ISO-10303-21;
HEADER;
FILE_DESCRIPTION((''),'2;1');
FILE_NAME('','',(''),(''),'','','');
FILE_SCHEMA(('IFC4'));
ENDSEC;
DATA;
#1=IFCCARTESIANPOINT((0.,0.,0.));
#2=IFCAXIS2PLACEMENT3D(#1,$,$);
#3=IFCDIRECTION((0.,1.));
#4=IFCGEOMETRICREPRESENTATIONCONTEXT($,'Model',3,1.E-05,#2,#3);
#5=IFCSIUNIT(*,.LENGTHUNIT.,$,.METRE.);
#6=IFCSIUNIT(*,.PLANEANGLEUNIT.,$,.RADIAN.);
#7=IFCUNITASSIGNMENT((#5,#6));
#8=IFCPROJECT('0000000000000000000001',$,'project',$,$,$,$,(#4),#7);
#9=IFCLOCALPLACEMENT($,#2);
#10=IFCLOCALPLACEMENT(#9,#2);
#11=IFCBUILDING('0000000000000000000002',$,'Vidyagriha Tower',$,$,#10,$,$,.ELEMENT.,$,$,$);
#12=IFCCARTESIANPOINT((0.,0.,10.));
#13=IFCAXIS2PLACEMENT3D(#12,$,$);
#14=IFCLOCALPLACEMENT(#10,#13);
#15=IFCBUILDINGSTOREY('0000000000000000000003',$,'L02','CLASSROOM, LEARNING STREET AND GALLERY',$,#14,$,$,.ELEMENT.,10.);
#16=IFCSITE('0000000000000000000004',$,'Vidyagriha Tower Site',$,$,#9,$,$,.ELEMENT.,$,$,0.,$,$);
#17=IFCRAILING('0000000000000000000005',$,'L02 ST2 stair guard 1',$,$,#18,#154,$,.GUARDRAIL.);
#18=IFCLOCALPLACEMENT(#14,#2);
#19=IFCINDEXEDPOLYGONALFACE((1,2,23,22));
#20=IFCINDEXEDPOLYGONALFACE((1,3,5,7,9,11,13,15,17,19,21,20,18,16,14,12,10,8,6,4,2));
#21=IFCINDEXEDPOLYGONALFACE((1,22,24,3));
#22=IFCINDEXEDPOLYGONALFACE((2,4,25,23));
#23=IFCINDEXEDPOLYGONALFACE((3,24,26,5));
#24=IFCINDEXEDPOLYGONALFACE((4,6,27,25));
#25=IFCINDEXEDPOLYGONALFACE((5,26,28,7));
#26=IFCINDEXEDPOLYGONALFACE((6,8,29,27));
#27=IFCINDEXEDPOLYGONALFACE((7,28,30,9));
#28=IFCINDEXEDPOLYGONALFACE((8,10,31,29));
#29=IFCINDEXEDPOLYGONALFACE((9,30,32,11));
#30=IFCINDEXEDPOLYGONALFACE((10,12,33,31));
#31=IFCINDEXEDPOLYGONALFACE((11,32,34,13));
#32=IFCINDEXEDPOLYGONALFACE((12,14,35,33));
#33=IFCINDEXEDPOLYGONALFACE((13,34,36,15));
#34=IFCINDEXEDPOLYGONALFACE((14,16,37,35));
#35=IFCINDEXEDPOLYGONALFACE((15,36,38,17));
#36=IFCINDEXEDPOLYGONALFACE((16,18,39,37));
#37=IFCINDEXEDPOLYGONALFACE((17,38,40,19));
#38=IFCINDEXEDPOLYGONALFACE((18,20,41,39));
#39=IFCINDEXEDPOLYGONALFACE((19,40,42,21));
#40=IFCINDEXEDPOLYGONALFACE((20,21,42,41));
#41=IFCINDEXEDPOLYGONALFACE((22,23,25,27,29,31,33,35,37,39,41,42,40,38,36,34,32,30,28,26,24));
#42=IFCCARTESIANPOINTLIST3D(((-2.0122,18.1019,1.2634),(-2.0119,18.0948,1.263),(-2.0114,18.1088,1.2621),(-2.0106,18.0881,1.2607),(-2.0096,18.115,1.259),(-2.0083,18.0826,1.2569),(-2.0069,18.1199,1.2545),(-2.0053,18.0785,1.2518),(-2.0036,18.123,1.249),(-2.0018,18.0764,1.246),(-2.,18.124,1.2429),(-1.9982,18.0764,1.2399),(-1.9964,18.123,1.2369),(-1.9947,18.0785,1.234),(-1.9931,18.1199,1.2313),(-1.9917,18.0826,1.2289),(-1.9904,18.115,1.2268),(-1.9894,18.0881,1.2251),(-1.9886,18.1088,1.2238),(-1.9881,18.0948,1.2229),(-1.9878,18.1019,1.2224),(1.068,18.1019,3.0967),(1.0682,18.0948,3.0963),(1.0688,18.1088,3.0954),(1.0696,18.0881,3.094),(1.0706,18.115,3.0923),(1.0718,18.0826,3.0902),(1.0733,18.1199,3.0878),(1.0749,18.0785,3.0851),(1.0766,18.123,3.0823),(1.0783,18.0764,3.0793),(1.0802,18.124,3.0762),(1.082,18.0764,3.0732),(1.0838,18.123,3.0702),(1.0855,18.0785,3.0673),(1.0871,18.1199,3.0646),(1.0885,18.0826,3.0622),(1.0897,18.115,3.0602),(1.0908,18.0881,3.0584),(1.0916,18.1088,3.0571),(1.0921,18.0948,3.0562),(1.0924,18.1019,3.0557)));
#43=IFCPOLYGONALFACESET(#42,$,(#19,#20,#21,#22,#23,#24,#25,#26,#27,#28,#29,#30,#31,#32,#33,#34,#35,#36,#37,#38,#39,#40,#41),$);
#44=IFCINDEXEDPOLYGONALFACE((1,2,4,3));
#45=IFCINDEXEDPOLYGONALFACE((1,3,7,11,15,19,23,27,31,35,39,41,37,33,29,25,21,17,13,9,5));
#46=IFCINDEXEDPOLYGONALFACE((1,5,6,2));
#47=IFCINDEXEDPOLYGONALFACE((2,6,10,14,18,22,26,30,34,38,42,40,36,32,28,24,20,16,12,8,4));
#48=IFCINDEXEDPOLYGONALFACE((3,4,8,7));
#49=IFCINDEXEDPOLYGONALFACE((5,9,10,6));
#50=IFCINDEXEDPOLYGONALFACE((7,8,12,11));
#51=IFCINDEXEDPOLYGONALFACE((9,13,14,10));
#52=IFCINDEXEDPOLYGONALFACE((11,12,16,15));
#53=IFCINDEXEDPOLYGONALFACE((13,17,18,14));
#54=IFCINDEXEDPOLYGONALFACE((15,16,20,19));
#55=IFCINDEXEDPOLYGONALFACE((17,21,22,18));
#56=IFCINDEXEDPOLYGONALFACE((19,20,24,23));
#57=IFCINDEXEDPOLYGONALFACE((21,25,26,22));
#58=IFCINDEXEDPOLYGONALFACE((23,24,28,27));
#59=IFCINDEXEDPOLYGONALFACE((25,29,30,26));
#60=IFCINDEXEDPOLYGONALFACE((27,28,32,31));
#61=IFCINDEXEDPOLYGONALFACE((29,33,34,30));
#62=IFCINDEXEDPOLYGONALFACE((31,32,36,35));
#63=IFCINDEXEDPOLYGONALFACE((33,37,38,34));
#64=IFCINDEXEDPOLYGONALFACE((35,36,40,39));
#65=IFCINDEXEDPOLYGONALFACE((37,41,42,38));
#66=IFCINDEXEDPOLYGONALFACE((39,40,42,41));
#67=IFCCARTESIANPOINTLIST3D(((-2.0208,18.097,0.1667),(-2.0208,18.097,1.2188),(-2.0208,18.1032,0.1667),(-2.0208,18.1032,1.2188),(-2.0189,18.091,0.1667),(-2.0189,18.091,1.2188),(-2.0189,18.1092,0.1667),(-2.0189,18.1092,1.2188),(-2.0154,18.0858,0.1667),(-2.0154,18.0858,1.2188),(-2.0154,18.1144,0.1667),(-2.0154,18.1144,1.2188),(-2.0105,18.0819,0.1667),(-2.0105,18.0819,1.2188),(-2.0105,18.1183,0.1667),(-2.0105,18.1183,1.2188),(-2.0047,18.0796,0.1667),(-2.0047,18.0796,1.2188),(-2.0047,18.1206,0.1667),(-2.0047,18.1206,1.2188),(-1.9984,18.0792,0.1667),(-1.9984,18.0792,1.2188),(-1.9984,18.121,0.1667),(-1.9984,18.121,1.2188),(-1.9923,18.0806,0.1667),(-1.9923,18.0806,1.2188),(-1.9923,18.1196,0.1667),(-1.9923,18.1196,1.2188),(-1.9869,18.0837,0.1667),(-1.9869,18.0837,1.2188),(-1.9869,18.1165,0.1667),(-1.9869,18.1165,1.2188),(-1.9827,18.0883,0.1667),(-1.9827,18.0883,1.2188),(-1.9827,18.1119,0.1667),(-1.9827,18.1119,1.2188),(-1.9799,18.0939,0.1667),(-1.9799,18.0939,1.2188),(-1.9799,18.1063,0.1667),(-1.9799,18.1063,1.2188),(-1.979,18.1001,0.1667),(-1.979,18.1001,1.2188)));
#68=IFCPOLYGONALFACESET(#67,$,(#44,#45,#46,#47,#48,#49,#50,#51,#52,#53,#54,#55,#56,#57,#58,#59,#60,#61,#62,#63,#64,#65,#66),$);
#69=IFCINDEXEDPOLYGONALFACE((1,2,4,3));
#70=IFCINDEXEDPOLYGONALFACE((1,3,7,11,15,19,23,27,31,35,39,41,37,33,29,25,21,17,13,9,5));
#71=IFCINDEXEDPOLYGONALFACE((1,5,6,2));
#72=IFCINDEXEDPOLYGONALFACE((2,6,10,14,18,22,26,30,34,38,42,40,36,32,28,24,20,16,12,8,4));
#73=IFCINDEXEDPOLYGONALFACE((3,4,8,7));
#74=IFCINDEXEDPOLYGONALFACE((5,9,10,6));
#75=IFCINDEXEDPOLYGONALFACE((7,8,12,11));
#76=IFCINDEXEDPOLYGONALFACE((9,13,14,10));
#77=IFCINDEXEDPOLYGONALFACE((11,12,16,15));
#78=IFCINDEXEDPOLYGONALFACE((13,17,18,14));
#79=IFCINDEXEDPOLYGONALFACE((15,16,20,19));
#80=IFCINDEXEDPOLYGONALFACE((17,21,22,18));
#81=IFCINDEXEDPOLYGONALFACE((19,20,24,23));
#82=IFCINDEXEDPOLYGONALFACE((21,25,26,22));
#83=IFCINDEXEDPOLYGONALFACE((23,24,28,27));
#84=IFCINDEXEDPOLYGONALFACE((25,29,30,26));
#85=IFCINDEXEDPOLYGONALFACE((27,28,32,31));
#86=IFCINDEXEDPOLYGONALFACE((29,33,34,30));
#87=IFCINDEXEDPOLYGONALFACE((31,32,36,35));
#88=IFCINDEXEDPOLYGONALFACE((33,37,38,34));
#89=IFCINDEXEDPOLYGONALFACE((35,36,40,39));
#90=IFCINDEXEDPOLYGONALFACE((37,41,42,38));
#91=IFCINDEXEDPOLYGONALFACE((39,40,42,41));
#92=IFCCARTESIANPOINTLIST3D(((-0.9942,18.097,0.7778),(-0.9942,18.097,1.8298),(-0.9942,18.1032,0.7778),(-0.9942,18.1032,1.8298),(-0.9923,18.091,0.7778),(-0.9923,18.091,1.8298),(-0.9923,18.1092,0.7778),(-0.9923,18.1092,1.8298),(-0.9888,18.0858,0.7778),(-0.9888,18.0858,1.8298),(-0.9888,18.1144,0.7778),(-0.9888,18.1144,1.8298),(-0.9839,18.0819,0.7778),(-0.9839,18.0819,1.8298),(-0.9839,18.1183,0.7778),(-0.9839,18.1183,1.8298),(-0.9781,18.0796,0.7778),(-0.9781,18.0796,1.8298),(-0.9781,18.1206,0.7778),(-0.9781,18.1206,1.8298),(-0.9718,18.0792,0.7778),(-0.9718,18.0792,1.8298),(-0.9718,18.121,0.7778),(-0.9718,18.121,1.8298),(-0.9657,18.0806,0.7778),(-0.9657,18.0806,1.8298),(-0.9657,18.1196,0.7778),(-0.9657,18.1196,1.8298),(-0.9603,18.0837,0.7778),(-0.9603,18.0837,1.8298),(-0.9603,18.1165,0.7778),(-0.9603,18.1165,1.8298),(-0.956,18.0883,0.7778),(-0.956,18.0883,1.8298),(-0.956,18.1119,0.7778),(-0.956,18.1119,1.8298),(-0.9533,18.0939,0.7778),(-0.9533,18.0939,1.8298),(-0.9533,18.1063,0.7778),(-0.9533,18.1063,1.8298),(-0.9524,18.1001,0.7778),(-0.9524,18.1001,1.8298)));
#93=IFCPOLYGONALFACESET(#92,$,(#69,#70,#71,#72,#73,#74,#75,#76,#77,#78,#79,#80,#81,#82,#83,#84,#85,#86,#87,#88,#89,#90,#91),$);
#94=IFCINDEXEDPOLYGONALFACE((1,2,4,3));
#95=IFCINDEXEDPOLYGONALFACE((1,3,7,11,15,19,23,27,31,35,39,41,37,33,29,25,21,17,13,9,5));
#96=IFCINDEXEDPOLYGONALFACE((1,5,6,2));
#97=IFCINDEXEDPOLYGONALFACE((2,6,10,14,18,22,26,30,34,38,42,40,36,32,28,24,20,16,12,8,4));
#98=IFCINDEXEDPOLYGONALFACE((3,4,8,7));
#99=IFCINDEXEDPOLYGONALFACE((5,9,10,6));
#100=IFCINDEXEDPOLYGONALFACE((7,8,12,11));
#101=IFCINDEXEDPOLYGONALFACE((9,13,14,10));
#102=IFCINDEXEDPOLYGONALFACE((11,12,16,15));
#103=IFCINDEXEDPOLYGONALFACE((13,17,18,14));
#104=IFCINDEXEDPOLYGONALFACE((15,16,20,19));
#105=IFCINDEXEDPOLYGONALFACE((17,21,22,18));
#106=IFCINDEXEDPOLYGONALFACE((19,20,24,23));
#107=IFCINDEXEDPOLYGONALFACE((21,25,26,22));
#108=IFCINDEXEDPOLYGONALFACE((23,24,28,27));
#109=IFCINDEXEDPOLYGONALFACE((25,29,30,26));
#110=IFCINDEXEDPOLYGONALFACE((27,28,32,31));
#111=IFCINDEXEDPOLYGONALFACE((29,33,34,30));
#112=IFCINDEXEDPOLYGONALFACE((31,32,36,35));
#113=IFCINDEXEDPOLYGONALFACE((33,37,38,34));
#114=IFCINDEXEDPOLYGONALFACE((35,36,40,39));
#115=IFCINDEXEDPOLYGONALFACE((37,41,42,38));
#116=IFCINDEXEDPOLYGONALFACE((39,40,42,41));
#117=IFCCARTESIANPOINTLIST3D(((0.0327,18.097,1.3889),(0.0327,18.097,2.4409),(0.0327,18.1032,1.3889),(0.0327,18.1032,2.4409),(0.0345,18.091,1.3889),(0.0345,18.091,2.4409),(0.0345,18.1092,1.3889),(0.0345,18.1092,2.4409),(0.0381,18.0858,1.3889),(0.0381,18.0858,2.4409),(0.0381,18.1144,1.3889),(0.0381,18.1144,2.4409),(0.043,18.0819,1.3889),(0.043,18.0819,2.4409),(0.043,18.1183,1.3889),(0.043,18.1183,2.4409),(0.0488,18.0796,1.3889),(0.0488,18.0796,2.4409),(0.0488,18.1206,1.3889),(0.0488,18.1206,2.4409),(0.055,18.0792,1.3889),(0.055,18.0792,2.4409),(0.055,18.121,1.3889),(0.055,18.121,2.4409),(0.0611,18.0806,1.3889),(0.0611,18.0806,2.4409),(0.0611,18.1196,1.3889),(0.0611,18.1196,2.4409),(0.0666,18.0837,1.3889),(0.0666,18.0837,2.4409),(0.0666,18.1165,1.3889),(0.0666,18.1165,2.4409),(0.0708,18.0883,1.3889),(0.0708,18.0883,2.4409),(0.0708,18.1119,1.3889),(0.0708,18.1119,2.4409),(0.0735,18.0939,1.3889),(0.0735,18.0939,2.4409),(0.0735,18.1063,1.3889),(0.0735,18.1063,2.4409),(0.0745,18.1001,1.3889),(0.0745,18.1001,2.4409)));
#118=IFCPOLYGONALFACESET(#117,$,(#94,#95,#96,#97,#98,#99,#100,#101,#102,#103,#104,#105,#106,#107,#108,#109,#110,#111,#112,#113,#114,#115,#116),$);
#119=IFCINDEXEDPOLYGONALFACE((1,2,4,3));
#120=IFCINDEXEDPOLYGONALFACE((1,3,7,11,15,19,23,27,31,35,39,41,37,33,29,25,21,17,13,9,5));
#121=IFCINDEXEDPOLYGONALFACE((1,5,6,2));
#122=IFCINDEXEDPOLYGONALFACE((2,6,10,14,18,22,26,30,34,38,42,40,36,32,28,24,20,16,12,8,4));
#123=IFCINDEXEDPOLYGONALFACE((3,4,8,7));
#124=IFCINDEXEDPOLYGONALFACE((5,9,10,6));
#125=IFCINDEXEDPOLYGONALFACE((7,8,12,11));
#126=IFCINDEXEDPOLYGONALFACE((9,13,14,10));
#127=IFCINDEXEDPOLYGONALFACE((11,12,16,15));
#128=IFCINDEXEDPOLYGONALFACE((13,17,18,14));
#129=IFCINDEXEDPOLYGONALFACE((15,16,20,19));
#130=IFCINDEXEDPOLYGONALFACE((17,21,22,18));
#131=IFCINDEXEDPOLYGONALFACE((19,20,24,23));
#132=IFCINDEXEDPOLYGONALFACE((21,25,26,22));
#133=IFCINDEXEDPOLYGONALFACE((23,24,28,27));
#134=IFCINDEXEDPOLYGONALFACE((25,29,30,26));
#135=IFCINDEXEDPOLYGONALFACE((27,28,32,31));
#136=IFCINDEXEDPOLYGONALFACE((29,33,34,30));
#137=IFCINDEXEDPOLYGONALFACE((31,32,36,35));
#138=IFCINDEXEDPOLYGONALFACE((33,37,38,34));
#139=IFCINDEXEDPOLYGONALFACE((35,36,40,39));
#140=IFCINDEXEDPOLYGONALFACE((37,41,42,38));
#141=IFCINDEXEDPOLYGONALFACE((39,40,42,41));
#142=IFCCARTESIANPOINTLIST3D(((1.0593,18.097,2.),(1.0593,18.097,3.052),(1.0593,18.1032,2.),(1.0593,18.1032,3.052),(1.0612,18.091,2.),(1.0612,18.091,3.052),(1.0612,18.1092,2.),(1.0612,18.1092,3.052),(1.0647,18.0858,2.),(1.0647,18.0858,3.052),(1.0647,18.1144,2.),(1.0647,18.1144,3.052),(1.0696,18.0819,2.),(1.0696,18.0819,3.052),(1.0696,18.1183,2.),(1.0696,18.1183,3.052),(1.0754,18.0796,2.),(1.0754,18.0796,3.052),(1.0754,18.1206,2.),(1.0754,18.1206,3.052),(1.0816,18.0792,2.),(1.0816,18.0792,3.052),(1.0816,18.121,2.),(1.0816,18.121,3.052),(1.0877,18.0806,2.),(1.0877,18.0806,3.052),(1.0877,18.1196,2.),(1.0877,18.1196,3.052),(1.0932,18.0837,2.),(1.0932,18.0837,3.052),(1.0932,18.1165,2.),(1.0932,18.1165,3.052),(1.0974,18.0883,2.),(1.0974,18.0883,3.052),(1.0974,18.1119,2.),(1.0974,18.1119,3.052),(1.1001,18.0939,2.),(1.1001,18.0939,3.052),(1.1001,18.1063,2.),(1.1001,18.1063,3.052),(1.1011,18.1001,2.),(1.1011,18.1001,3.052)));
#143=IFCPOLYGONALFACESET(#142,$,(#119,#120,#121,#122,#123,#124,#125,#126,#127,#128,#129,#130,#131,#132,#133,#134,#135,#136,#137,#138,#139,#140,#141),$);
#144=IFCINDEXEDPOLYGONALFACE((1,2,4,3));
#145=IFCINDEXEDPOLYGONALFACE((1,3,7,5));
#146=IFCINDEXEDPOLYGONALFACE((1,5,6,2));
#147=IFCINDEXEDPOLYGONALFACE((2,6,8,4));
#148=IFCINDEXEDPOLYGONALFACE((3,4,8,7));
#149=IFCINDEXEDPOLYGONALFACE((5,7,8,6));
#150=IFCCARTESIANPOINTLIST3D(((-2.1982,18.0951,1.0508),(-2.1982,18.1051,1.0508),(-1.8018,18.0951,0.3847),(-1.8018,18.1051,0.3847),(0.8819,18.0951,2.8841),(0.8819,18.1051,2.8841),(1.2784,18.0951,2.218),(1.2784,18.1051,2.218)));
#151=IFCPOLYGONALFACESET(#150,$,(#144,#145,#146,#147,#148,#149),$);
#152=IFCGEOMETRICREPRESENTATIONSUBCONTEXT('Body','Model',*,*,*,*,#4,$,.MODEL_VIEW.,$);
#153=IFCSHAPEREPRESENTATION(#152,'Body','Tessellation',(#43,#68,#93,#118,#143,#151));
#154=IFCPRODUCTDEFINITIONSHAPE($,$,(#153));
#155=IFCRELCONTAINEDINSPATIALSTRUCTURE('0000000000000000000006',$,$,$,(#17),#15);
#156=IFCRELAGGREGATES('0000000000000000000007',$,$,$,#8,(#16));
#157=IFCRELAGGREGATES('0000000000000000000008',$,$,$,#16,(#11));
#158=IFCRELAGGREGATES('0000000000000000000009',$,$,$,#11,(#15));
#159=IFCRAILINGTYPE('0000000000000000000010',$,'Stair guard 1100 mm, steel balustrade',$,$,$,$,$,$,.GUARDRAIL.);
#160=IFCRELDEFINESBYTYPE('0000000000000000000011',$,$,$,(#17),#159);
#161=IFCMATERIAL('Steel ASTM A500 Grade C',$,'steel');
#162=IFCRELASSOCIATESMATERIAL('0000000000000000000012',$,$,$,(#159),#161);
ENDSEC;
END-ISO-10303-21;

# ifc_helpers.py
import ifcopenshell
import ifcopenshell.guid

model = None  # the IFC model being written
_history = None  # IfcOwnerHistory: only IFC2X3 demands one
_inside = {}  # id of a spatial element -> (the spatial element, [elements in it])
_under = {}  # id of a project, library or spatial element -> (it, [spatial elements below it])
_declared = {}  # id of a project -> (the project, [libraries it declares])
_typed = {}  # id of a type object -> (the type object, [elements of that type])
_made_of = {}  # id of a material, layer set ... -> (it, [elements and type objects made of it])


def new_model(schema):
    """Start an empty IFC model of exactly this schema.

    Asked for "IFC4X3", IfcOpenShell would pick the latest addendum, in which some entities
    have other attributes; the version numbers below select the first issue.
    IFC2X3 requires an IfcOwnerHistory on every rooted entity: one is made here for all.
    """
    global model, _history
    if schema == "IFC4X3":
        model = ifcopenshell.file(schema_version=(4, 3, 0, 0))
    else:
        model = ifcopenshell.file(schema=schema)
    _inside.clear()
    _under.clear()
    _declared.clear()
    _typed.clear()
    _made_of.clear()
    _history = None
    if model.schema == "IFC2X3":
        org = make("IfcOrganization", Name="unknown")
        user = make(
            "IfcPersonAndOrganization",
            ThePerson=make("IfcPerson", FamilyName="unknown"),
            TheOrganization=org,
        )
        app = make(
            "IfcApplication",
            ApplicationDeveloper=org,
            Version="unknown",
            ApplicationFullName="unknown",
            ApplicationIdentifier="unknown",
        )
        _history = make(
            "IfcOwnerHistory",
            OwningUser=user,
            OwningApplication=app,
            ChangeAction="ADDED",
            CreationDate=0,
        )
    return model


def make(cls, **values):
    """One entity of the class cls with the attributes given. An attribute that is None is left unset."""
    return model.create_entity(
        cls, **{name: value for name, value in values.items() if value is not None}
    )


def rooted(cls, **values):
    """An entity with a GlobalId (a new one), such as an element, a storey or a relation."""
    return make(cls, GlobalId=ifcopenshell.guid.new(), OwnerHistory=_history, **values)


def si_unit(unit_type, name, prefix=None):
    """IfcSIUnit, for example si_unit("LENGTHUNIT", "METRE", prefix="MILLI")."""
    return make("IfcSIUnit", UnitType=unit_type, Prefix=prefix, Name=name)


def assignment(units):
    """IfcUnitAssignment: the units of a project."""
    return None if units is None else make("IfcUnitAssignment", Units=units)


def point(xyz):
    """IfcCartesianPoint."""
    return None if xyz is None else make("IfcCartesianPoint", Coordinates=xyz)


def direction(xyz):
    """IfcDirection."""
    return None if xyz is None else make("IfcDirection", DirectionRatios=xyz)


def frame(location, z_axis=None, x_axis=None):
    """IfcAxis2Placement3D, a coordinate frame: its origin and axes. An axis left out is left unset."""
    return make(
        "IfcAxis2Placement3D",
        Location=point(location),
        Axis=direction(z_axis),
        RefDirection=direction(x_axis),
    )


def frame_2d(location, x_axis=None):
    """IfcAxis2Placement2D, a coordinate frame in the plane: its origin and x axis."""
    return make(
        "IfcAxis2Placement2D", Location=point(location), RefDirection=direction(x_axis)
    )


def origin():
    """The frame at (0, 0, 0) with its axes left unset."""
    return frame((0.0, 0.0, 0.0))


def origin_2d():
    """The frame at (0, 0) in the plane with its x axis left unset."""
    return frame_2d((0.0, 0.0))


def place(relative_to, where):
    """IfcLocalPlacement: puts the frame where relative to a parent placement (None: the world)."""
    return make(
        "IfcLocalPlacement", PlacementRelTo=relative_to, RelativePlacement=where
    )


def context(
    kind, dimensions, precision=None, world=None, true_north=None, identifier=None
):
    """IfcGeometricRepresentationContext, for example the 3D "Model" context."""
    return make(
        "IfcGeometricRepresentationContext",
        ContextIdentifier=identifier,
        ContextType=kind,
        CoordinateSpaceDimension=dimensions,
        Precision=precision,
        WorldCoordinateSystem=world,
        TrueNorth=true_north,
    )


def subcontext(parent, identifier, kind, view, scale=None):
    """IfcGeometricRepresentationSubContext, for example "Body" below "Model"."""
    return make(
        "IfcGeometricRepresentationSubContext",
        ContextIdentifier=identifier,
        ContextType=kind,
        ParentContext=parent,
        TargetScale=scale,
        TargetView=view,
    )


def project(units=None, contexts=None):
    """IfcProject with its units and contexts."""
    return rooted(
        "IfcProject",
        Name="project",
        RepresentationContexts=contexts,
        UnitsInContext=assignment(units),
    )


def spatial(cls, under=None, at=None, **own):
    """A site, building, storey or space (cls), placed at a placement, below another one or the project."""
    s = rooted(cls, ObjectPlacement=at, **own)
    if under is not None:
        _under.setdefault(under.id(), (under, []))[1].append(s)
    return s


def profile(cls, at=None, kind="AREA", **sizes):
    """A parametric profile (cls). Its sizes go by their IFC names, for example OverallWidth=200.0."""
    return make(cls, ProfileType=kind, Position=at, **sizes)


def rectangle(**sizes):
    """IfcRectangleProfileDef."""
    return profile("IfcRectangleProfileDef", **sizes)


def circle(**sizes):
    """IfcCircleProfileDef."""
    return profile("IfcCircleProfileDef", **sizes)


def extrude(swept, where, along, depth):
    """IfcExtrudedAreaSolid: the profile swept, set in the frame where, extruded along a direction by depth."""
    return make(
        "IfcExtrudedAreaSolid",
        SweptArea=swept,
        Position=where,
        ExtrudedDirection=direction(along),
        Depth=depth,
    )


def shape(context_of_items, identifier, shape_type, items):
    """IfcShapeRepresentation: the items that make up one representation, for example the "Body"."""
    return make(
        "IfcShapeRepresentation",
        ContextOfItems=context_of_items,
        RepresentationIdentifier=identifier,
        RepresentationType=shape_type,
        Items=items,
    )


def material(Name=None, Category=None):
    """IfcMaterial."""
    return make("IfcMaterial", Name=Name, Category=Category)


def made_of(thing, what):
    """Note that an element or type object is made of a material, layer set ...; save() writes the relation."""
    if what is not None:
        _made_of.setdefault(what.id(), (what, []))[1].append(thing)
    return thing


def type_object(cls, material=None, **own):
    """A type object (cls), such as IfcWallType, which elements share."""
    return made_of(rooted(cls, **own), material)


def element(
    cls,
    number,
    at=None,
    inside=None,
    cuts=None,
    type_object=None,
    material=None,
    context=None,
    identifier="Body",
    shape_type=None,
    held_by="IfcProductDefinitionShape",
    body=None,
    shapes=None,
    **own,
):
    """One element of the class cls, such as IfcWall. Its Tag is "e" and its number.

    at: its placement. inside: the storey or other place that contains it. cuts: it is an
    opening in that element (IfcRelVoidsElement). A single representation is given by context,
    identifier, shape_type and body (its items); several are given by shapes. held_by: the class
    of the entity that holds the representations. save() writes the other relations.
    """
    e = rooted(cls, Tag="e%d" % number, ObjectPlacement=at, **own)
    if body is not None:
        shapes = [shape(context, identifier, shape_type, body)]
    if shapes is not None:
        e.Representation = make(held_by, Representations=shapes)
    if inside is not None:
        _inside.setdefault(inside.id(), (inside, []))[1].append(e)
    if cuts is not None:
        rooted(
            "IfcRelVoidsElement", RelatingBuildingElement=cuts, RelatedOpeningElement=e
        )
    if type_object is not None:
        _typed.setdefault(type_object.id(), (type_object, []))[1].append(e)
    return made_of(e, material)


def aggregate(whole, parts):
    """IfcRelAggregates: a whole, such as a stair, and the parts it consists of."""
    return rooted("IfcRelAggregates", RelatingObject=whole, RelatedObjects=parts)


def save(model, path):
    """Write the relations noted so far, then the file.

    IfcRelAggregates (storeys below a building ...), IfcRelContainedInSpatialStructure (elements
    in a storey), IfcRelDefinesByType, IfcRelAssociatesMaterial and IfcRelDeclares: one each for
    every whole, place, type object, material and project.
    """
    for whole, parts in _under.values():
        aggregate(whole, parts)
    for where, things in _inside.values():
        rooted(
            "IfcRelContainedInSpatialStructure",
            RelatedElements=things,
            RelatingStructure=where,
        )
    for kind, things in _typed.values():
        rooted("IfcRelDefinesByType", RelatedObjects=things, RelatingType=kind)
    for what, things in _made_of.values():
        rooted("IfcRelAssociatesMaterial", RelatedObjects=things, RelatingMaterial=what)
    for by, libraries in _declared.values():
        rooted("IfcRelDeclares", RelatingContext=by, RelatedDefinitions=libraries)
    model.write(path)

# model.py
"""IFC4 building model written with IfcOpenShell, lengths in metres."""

from ifc_helpers import new_model, si_unit, direction, frame, origin, origin_2d, place, context, subcontext, project, spatial, rectangle, circle, extrude, material, type_object, element, save


model = new_model("IFC4")

# Units and contexts
model_context = context("Model", 3, precision=1e-05, world=origin(), true_north=direction((0.0, 1.0)))
body_context = subcontext(model_context, "Body", "Model", "MODEL_VIEW")
ifc_project = project(units=[si_unit("LENGTHUNIT", "METRE"), si_unit("PLANEANGLEUNIT", "RADIAN")], contexts=[model_context])

# Site, building, storey
site_placement = place(None, origin())
site = spatial("IfcSite", under=ifc_project, at=site_placement, Name="Vidyagriha Tower Site", CompositionType="ELEMENT", RefElevation=0.0)
building_placement = place(site_placement, origin())
building = spatial("IfcBuilding", under=site, at=building_placement, Name="Vidyagriha Tower", CompositionType="ELEMENT")
storey_placement = place(building_placement, frame((0.0, 0.0, 10.0)))
storey = spatial("IfcBuildingStorey", under=building, at=storey_placement, Name="L02", Description="CLASSROOM, LEARNING STREET AND GALLERY", CompositionType="ELEMENT", Elevation=10.0)

# Railing
ifc_material_1 = material(Name="Steel ASTM A500 Grade C", Category="steel")
railing_type_1 = type_object("IfcRailingType", Name="Stair guard 1100 mm, steel balustrade", PredefinedType="GUARDRAIL", material=ifc_material_1)
railing_1_placement = place(storey_placement, frame((-2.0, 18.1001, 0.1667)))
element("IfcRailing", 1, at=railing_1_placement, inside=storey, type_object=railing_type_1, Name="L02 ST2 stair guard 1", PredefinedType="GUARDRAIL", context=body_context, shape_type="SweptSolid", body=[
    extrude(circle(Radius=0.0239, at=origin_2d()), frame((0.0, 0.0, 1.0762), z_axis=(0.859309, 0.0, 0.511458), x_axis=(0.0, 1.0, 0.0)), (0.0, 0.0, 1.0), 3.5845),
    extrude(circle(Radius=0.021, at=origin_2d()), origin(), (0.0, 0.0, 1.0), 1.052),
    extrude(circle(Radius=0.021, at=origin_2d()), frame((1.0266, 0.0, 0.6111)), (0.0, 0.0, 1.0), 1.052),
    extrude(circle(Radius=0.021, at=origin_2d()), frame((2.0535, 0.0, 1.2222)), (0.0, 0.0, 1.0), 1.052),
    extrude(circle(Radius=0.021, at=origin_2d()), frame((3.0801, 0.0, 1.8333)), (0.0, 0.0, 1.0), 1.052),
    extrude(rectangle(XDim=0.01, YDim=0.7751, at=origin_2d()), frame((0.0, 0.0, 0.551), z_axis=(0.859309, 0.0, 0.511458), x_axis=(0.0, 1.0, 0.0)), (0.0, 0.0, 1.0), 3.5845),
])

save(model, "model.ifc")
